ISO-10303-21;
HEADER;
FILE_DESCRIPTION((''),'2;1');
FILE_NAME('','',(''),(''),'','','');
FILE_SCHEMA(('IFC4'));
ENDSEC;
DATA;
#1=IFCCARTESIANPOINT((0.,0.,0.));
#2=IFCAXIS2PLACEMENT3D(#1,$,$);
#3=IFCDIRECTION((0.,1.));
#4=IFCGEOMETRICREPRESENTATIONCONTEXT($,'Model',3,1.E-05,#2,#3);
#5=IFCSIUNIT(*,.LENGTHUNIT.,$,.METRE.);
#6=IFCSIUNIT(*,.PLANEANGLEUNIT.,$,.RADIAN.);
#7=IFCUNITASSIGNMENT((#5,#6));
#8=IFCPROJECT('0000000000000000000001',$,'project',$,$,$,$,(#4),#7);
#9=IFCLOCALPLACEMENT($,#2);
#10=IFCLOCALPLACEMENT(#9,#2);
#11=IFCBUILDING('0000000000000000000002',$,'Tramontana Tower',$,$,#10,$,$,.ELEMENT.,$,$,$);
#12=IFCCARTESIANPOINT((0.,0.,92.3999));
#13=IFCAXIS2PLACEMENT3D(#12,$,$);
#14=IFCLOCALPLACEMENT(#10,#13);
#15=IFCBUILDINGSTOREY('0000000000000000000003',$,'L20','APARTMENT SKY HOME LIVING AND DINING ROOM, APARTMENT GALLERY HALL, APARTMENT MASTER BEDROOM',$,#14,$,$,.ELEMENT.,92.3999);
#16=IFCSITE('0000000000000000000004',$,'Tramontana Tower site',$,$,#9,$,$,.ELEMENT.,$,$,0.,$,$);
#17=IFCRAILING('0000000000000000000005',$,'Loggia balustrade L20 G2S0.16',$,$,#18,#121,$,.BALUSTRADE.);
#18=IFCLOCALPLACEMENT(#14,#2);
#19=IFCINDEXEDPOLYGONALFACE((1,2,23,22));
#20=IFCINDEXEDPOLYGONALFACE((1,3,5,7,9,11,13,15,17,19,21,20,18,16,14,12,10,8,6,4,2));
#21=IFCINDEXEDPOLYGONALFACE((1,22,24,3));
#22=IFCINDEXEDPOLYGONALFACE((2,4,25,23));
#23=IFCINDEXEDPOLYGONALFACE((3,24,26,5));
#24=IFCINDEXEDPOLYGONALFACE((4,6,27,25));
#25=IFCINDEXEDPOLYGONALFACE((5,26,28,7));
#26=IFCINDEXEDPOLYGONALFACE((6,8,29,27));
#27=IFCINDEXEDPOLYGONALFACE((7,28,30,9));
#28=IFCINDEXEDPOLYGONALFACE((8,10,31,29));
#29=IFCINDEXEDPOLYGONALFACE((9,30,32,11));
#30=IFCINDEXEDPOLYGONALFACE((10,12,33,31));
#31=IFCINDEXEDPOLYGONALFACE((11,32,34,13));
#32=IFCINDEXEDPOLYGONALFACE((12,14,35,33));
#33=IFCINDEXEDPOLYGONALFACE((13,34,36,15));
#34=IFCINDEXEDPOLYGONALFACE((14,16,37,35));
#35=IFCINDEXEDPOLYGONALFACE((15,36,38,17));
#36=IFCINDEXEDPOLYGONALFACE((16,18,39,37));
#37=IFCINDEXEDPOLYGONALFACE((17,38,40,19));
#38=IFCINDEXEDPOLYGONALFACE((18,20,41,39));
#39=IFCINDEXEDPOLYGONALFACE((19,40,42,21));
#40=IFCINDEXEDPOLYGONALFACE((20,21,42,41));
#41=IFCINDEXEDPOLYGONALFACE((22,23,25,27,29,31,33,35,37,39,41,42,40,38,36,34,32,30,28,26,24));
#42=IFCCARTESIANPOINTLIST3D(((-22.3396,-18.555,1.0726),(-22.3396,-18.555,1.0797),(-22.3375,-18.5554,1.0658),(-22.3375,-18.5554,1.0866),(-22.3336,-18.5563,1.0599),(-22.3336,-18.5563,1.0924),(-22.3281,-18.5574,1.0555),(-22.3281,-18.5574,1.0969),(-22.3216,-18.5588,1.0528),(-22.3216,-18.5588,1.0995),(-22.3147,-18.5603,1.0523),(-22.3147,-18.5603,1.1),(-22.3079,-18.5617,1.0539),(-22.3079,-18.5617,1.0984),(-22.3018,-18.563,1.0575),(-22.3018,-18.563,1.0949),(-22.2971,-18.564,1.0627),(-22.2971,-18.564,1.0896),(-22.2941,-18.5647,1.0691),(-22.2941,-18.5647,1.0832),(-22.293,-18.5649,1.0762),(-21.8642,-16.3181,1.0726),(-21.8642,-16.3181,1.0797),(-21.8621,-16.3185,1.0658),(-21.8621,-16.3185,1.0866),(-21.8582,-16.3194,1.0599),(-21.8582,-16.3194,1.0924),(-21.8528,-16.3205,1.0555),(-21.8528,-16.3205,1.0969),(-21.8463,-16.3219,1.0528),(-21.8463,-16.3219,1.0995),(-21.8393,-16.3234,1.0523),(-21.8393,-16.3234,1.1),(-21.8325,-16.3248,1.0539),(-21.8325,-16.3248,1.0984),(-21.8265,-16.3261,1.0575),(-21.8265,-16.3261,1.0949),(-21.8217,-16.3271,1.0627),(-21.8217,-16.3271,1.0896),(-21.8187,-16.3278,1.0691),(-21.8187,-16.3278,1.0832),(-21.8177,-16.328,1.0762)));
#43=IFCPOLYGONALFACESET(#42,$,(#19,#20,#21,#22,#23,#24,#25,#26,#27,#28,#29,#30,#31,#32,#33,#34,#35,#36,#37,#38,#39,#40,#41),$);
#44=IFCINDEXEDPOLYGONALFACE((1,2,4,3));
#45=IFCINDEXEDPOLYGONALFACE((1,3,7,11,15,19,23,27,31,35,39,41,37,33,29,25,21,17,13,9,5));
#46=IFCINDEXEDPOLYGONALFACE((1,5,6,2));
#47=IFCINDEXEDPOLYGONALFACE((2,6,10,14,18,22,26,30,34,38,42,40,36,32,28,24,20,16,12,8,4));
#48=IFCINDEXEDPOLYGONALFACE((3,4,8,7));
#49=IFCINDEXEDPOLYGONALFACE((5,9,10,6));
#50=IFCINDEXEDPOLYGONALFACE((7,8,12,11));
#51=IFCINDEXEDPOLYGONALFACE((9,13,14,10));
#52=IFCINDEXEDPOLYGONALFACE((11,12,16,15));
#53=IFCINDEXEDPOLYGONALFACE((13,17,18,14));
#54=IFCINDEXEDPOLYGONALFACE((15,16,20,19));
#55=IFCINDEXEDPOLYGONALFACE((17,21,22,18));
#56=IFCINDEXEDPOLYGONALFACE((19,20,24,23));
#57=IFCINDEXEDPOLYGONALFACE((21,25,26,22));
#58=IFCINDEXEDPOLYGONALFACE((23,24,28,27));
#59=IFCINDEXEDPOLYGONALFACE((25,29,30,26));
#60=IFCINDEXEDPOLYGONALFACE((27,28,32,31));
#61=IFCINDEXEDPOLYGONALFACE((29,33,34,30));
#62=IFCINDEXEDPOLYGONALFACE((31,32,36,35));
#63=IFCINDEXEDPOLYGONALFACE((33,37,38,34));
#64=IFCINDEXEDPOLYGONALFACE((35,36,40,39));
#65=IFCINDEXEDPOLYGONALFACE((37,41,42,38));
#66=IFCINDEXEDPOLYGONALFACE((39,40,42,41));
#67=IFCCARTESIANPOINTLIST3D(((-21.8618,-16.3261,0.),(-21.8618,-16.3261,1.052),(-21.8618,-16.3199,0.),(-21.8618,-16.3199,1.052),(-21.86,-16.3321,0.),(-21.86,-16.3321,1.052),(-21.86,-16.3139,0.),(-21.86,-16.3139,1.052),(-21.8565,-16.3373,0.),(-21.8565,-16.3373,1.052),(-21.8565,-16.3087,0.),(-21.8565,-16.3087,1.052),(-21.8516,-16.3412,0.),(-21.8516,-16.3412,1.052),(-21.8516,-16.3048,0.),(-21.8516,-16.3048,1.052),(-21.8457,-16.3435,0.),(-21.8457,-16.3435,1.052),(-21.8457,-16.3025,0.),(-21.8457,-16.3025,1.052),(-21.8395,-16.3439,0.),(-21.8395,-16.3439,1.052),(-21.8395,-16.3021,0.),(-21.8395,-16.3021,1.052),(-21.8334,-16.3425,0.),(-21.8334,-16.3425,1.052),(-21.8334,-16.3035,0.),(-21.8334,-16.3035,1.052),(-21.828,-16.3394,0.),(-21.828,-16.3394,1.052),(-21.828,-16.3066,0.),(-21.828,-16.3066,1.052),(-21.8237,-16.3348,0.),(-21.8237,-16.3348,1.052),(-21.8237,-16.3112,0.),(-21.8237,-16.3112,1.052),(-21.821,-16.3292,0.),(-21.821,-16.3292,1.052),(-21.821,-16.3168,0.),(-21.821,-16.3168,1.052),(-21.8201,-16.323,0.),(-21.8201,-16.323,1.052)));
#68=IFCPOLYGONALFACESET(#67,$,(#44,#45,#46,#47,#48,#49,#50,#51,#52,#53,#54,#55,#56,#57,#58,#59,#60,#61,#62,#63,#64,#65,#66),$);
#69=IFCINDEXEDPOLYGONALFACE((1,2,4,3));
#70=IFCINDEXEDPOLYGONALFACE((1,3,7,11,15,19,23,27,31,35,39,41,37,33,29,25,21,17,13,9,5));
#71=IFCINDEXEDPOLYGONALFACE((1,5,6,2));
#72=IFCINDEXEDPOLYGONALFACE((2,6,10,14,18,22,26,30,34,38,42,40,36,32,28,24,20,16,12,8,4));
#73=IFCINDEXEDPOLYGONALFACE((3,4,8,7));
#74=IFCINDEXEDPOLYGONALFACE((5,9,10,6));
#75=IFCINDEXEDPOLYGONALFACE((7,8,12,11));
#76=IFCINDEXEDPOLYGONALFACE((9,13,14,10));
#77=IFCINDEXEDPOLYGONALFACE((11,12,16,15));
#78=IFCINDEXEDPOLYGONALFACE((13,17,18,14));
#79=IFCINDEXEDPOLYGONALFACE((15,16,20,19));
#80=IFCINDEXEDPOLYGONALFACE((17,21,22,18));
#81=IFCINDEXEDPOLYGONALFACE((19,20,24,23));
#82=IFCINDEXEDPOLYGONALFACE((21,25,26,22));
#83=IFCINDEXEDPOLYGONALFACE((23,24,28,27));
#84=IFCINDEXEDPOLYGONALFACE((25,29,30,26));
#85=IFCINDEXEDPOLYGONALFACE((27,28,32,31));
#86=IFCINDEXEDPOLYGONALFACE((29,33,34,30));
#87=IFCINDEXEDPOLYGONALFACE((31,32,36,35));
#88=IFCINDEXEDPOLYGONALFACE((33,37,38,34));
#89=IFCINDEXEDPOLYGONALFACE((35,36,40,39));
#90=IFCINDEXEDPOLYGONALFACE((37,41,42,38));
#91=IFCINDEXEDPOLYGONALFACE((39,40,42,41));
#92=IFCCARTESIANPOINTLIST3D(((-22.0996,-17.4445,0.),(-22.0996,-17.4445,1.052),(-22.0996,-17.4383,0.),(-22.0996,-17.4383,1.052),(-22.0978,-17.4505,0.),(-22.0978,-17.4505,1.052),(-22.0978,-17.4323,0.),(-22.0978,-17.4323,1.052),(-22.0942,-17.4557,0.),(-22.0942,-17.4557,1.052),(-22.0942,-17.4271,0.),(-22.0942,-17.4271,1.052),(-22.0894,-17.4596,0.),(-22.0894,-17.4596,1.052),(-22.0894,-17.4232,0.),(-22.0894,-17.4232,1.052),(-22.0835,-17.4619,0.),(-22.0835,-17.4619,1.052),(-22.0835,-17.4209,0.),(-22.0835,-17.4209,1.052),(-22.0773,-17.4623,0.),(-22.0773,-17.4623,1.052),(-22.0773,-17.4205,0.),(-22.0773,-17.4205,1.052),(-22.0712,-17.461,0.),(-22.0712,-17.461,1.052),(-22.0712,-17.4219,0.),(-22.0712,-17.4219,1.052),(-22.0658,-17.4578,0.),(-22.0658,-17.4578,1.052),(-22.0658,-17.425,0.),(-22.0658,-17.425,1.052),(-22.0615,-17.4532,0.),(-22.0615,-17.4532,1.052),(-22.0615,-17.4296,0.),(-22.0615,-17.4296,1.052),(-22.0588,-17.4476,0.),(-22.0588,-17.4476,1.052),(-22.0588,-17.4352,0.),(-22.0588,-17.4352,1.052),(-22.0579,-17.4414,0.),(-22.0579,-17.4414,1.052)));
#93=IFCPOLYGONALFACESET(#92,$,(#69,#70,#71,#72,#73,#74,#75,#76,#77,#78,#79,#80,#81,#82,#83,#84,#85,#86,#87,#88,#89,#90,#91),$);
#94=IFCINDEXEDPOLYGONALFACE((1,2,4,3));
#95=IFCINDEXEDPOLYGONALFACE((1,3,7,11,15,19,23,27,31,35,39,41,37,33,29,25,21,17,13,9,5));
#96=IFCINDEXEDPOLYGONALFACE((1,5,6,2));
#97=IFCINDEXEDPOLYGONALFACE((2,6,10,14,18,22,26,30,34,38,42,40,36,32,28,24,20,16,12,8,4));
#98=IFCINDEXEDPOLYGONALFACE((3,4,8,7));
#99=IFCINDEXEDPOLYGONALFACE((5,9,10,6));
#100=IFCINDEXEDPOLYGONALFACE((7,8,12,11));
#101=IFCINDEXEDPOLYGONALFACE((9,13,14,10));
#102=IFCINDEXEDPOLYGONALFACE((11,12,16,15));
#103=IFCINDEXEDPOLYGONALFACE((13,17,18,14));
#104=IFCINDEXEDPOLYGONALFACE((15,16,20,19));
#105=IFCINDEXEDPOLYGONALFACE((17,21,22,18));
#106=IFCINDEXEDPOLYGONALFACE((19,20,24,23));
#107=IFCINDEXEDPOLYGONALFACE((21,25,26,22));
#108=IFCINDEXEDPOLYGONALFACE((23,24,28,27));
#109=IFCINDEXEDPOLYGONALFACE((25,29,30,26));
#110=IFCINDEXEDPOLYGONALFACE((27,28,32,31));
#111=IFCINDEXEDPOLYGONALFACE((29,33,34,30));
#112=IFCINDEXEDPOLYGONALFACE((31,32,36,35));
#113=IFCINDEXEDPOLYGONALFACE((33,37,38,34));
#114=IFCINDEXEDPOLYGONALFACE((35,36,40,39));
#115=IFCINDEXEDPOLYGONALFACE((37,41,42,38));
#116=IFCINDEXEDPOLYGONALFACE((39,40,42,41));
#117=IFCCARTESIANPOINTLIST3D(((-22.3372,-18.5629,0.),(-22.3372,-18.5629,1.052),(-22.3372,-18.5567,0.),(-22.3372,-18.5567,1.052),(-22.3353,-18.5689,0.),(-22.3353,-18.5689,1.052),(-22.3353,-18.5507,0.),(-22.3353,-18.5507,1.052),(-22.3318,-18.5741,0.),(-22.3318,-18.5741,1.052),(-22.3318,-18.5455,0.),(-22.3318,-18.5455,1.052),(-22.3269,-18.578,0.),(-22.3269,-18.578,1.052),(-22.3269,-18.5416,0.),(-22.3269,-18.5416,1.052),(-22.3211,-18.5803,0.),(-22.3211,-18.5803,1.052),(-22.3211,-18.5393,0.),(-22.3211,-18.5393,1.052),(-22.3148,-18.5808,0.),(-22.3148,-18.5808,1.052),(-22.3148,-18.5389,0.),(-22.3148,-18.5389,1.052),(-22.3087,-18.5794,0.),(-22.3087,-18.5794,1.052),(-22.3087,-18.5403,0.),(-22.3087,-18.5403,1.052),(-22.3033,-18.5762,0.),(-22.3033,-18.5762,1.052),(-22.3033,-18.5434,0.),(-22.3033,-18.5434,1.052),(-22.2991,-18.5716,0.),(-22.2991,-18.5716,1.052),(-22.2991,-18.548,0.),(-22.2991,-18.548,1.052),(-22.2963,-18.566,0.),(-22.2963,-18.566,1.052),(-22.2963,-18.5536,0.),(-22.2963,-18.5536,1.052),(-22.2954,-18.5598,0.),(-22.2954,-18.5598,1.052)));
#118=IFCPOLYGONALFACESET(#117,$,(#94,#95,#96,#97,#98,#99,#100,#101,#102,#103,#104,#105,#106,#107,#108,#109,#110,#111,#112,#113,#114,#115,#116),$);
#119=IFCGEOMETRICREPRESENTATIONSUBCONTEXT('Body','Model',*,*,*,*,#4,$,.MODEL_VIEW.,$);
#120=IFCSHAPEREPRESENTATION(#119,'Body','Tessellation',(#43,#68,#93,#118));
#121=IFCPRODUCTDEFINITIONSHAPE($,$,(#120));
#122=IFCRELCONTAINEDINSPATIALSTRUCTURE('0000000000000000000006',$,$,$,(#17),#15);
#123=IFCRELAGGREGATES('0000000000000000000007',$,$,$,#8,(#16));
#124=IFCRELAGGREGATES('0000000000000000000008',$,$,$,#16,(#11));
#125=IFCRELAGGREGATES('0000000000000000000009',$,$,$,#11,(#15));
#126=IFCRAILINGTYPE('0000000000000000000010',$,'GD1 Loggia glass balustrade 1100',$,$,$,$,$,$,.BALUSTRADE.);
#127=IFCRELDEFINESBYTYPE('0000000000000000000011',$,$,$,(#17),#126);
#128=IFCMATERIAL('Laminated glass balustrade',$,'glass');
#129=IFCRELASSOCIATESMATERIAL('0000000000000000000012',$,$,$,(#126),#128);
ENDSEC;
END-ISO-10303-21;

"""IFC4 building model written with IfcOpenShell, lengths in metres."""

from ifc_helpers import new_model, si_unit, direction, frame, origin, origin_2d, place, context, subcontext, project, spatial, circle, extrude, material, type_object, element, save


model = new_model("IFC4")

# Units and contexts
model_context = context("Model", 3, precision=1e-05, world=origin(), true_north=direction((0.0, 1.0)))
body_context = subcontext(model_context, "Body", "Model", "MODEL_VIEW")
ifc_project = project(units=[si_unit("LENGTHUNIT", "METRE"), si_unit("PLANEANGLEUNIT", "RADIAN")], contexts=[model_context])

# Site, building, storey
site_placement = place(None, origin())
site = spatial("IfcSite", under=ifc_project, at=site_placement, Name="Tramontana Tower site", CompositionType="ELEMENT", RefElevation=0.0)
building_placement = place(site_placement, origin())
building = spatial("IfcBuilding", under=site, at=building_placement, Name="Tramontana Tower", CompositionType="ELEMENT")
storey_placement = place(building_placement, frame((0.0, 0.0, 92.3999)))
storey = spatial("IfcBuildingStorey", under=building, at=storey_placement, Name="L20", Description="APARTMENT SKY HOME LIVING AND DINING ROOM, APARTMENT GALLERY HALL, APARTMENT MASTER BEDROOM", CompositionType="ELEMENT", Elevation=92.3999)

# Railing
ifc_material_1 = material(Name="Laminated glass balustrade", Category="glass")
railing_type = type_object("IfcRailingType", Name="GD1 Loggia glass balustrade 1100", PredefinedType="BALUSTRADE", material=ifc_material_1)
railing_1_placement = place(storey_placement, frame((-21.8411, -16.323, 0.0)))
element("IfcRailing", 1, at=railing_1_placement, inside=storey, type_object=railing_type, Name="Loggia balustrade L20 G2S0.16", PredefinedType="BALUSTRADE", context=body_context, shape_type="SweptSolid", body=[
    extrude(circle(Radius=0.0239, at=origin_2d()), frame((0.0, 0.0, 1.0762), z_axis=(-0.207866, -0.978157, 0.0), x_axis=(0.978157, -0.207866, 0.0)), (0.0, 0.0, 1.0), 2.2869),
    extrude(circle(Radius=0.021, at=origin_2d()), origin(), (0.0, 0.0, 1.0), 1.052),
    extrude(circle(Radius=0.021, at=origin_2d()), frame((-0.2378, -1.1184, 0.0)), (0.0, 0.0, 1.0), 1.052),
    extrude(circle(Radius=0.021, at=origin_2d()), frame((-0.4753, -2.2368, 0.0)), (0.0, 0.0, 1.0), 1.052),
])

save(model, "model.ifc")
